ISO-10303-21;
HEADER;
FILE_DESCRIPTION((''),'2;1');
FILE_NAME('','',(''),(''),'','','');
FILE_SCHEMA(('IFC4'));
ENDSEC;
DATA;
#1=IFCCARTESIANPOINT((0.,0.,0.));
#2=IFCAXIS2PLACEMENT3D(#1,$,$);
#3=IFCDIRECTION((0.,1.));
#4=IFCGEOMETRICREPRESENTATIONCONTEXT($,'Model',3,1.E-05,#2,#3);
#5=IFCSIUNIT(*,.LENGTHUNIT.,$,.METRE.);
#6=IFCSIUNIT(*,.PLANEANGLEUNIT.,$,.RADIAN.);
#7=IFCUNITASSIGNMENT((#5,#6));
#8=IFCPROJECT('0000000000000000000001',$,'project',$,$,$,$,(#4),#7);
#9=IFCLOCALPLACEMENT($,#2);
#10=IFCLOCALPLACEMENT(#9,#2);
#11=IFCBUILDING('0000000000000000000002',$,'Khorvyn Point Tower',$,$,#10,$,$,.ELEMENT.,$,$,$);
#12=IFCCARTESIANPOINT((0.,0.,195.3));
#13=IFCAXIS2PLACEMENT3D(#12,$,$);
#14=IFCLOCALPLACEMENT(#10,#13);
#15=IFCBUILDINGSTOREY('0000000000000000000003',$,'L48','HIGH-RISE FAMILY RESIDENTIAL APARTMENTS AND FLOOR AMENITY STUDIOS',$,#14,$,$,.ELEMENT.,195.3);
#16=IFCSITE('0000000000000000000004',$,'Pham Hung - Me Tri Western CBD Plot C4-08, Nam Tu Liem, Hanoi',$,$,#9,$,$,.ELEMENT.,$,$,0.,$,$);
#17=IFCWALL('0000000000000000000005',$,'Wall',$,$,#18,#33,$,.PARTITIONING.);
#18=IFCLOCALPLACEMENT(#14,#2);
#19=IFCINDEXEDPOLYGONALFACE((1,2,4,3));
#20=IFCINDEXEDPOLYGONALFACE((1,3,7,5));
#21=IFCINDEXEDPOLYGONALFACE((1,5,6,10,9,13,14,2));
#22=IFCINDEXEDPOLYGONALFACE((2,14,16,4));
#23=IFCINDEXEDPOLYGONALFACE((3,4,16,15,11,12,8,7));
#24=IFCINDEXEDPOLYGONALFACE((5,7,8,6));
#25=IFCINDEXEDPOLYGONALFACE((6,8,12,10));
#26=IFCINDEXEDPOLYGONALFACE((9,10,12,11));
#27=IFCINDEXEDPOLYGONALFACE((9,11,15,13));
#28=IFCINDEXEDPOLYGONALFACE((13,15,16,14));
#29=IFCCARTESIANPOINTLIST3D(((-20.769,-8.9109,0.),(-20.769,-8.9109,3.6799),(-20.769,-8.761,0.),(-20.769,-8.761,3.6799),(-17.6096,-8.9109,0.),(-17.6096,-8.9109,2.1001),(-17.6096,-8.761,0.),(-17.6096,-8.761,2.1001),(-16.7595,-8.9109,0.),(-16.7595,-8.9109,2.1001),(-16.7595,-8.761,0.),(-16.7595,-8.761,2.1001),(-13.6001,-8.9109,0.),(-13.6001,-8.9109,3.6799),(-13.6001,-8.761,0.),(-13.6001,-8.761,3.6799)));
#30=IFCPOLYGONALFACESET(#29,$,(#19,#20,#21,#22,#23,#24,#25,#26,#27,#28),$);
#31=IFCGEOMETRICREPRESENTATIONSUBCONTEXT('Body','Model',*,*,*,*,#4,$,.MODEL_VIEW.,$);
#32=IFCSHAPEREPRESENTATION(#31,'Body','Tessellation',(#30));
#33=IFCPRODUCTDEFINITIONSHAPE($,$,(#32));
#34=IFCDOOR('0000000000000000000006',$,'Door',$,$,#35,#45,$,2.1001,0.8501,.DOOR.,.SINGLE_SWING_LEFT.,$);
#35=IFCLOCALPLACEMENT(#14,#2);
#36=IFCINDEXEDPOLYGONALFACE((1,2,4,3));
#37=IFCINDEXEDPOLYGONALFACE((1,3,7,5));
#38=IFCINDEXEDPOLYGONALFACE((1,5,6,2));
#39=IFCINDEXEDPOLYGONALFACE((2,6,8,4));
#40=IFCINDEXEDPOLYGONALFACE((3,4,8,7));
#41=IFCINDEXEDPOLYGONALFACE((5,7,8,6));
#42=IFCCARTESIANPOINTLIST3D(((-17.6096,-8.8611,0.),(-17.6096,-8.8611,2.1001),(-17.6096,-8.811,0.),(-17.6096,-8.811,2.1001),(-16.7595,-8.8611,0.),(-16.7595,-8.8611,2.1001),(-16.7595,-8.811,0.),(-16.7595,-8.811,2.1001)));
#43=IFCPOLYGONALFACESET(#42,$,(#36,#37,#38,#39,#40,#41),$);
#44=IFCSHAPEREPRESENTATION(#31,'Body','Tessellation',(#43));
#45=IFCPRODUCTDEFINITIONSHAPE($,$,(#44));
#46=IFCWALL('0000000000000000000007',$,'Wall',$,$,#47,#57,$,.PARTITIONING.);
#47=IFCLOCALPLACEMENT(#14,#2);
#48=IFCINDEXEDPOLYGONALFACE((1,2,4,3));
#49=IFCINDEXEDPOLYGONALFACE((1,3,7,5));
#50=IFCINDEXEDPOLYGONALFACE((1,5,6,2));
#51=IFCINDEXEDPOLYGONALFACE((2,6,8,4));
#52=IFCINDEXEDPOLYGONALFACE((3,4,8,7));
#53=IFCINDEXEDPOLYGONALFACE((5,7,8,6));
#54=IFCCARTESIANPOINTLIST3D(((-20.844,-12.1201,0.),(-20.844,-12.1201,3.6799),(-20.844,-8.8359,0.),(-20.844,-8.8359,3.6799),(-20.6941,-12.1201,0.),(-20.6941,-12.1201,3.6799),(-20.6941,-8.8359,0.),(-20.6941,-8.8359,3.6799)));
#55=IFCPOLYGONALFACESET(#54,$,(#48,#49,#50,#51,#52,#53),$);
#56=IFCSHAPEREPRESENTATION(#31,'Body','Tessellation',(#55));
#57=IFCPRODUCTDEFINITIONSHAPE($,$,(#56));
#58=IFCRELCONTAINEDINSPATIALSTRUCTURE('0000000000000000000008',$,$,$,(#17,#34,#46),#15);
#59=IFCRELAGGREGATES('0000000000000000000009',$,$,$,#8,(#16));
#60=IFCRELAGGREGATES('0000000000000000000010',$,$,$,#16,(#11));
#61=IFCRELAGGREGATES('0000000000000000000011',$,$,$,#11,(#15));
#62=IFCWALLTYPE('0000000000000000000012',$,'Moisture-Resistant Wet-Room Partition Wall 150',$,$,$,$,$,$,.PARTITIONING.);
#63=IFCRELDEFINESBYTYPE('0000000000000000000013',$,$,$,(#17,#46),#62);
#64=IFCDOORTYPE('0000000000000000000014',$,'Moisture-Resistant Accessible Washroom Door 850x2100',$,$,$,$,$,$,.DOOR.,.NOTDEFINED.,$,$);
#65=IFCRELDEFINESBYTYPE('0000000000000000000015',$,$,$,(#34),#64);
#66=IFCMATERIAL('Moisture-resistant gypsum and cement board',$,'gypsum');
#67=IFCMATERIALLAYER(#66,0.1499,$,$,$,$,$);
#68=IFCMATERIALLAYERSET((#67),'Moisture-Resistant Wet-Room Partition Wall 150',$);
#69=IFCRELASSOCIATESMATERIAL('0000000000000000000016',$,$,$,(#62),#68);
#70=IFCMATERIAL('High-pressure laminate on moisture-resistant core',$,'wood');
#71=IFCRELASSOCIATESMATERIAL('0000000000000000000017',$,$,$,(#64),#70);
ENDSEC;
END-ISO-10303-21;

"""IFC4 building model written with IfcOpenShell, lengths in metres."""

from ifc_helpers import new_model, si_unit, direction, frame, frame_2d, origin, place, context, subcontext, project, spatial, rectangle, extrude, material, layer, layer_set, type_object, element, fill, save


model = new_model("IFC4")

# Units and contexts
model_context = context("Model", 3, precision=1e-05, world=origin(), true_north=direction((0.0, 1.0)))
body_context = subcontext(model_context, "Body", "Model", "MODEL_VIEW")
ifc_project = project(units=[si_unit("LENGTHUNIT", "METRE"), si_unit("PLANEANGLEUNIT", "RADIAN")], contexts=[model_context])

# Site, building, storey
site_placement = place(None, origin())
site = spatial("IfcSite", under=ifc_project, at=site_placement, Name="Pham Hung - Me Tri Western CBD Plot C4-08, Nam Tu Liem, Hanoi", CompositionType="ELEMENT", RefElevation=0.0)
building_placement = place(site_placement, origin())
building = spatial("IfcBuilding", under=site, at=building_placement, Name="Khorvyn Point Tower", CompositionType="ELEMENT")
storey_placement = place(building_placement, frame((0.0, 0.0, 195.3)))
storey = spatial("IfcBuildingStorey", under=building, at=storey_placement, Name="L48", Description="HIGH-RISE FAMILY RESIDENTIAL APARTMENTS AND FLOOR AMENITY STUDIOS", CompositionType="ELEMENT", Elevation=195.3)

# Wall, opening, door
ifc_material_1 = material(Name="Moisture-resistant gypsum and cement board", Category="gypsum")
ifc_layer_1 = layer(ifc_material_1, 0.1499)
ifc_layer_set_1 = layer_set([ifc_layer_1], Name="Moisture-Resistant Wet-Room Partition Wall 150")
wall_type_1 = type_object("IfcWallType", Name="Moisture-Resistant Wet-Room Partition Wall 150", PredefinedType="PARTITIONING", material=ifc_layer_set_1)
wall_1_placement = place(storey_placement, frame((-20.769, -8.8359, 0.0), z_axis=(0.0, 0.0, 1.0), x_axis=(1.0, 0.0, 0.0)))
wall_1 = element("IfcWall", 1, at=wall_1_placement, inside=storey, type_object=wall_type_1, Name="Wall", PredefinedType="PARTITIONING", context=body_context, shape_type="SweptSolid", body=[
    extrude(rectangle(XDim=7.1689, YDim=0.1499, at=frame_2d((3.5845, 0.0))), origin(), (0.0, 0.0, 1.0), 3.6799),
])
opening_1_placement = place(wall_1_placement, frame((3.1594, 0.0, 0.0)))
opening_1 = element("IfcOpeningElement", 2, at=opening_1_placement, cuts=wall_1, PredefinedType="OPENING", context=body_context, shape_type="SweptSolid", body=[
    extrude(rectangle(XDim=0.8501, YDim=2.1001, at=frame_2d((0.425, 1.05))), frame((0.0, 0.085, 0.0), z_axis=(0.0, -1.0, 0.0), x_axis=(1.0, 0.0, 0.0)), (0.0, 0.0, 1.0), 0.1699),
])
ifc_material_2 = material(Name="High-pressure laminate on moisture-resistant core", Category="wood")
door_type_1 = type_object("IfcDoorType", Name="Moisture-Resistant Accessible Washroom Door 850x2100", OperationType="NOTDEFINED", PredefinedType="DOOR", material=ifc_material_2)
door_1_placement = place(opening_1_placement, origin())
door_1 = element("IfcDoor", 3, at=door_1_placement, inside=storey, type_object=door_type_1, Name="Door", OperationType="SINGLE_SWING_LEFT", OverallHeight=2.1001, OverallWidth=0.8501, PredefinedType="DOOR", context=body_context, shape_type="SweptSolid", body=[
    extrude(rectangle(XDim=0.8501, YDim=2.1001, at=frame_2d((0.425, 1.05))), frame((0.0, 0.0249, 0.0), z_axis=(0.0, -1.0, 0.0), x_axis=(1.0, 0.0, 0.0)), (0.0, 0.0, 1.0), 0.05),
])
fill(opening_1, door_1)

# Wall
wall_2_placement = place(storey_placement, frame((-20.769, -12.1201, 0.0), z_axis=(0.0, 0.0, 1.0), x_axis=(0.0, 1.0, 0.0)))
element("IfcWall", 4, at=wall_2_placement, inside=storey, type_object=wall_type_1, Name="Wall", PredefinedType="PARTITIONING", context=body_context, shape_type="SweptSolid", body=[
    extrude(rectangle(XDim=3.2842, YDim=0.1499, at=frame_2d((1.6421, 0.0))), origin(), (0.0, 0.0, 1.0), 3.6799),
])

save(model, "model.ifc")
